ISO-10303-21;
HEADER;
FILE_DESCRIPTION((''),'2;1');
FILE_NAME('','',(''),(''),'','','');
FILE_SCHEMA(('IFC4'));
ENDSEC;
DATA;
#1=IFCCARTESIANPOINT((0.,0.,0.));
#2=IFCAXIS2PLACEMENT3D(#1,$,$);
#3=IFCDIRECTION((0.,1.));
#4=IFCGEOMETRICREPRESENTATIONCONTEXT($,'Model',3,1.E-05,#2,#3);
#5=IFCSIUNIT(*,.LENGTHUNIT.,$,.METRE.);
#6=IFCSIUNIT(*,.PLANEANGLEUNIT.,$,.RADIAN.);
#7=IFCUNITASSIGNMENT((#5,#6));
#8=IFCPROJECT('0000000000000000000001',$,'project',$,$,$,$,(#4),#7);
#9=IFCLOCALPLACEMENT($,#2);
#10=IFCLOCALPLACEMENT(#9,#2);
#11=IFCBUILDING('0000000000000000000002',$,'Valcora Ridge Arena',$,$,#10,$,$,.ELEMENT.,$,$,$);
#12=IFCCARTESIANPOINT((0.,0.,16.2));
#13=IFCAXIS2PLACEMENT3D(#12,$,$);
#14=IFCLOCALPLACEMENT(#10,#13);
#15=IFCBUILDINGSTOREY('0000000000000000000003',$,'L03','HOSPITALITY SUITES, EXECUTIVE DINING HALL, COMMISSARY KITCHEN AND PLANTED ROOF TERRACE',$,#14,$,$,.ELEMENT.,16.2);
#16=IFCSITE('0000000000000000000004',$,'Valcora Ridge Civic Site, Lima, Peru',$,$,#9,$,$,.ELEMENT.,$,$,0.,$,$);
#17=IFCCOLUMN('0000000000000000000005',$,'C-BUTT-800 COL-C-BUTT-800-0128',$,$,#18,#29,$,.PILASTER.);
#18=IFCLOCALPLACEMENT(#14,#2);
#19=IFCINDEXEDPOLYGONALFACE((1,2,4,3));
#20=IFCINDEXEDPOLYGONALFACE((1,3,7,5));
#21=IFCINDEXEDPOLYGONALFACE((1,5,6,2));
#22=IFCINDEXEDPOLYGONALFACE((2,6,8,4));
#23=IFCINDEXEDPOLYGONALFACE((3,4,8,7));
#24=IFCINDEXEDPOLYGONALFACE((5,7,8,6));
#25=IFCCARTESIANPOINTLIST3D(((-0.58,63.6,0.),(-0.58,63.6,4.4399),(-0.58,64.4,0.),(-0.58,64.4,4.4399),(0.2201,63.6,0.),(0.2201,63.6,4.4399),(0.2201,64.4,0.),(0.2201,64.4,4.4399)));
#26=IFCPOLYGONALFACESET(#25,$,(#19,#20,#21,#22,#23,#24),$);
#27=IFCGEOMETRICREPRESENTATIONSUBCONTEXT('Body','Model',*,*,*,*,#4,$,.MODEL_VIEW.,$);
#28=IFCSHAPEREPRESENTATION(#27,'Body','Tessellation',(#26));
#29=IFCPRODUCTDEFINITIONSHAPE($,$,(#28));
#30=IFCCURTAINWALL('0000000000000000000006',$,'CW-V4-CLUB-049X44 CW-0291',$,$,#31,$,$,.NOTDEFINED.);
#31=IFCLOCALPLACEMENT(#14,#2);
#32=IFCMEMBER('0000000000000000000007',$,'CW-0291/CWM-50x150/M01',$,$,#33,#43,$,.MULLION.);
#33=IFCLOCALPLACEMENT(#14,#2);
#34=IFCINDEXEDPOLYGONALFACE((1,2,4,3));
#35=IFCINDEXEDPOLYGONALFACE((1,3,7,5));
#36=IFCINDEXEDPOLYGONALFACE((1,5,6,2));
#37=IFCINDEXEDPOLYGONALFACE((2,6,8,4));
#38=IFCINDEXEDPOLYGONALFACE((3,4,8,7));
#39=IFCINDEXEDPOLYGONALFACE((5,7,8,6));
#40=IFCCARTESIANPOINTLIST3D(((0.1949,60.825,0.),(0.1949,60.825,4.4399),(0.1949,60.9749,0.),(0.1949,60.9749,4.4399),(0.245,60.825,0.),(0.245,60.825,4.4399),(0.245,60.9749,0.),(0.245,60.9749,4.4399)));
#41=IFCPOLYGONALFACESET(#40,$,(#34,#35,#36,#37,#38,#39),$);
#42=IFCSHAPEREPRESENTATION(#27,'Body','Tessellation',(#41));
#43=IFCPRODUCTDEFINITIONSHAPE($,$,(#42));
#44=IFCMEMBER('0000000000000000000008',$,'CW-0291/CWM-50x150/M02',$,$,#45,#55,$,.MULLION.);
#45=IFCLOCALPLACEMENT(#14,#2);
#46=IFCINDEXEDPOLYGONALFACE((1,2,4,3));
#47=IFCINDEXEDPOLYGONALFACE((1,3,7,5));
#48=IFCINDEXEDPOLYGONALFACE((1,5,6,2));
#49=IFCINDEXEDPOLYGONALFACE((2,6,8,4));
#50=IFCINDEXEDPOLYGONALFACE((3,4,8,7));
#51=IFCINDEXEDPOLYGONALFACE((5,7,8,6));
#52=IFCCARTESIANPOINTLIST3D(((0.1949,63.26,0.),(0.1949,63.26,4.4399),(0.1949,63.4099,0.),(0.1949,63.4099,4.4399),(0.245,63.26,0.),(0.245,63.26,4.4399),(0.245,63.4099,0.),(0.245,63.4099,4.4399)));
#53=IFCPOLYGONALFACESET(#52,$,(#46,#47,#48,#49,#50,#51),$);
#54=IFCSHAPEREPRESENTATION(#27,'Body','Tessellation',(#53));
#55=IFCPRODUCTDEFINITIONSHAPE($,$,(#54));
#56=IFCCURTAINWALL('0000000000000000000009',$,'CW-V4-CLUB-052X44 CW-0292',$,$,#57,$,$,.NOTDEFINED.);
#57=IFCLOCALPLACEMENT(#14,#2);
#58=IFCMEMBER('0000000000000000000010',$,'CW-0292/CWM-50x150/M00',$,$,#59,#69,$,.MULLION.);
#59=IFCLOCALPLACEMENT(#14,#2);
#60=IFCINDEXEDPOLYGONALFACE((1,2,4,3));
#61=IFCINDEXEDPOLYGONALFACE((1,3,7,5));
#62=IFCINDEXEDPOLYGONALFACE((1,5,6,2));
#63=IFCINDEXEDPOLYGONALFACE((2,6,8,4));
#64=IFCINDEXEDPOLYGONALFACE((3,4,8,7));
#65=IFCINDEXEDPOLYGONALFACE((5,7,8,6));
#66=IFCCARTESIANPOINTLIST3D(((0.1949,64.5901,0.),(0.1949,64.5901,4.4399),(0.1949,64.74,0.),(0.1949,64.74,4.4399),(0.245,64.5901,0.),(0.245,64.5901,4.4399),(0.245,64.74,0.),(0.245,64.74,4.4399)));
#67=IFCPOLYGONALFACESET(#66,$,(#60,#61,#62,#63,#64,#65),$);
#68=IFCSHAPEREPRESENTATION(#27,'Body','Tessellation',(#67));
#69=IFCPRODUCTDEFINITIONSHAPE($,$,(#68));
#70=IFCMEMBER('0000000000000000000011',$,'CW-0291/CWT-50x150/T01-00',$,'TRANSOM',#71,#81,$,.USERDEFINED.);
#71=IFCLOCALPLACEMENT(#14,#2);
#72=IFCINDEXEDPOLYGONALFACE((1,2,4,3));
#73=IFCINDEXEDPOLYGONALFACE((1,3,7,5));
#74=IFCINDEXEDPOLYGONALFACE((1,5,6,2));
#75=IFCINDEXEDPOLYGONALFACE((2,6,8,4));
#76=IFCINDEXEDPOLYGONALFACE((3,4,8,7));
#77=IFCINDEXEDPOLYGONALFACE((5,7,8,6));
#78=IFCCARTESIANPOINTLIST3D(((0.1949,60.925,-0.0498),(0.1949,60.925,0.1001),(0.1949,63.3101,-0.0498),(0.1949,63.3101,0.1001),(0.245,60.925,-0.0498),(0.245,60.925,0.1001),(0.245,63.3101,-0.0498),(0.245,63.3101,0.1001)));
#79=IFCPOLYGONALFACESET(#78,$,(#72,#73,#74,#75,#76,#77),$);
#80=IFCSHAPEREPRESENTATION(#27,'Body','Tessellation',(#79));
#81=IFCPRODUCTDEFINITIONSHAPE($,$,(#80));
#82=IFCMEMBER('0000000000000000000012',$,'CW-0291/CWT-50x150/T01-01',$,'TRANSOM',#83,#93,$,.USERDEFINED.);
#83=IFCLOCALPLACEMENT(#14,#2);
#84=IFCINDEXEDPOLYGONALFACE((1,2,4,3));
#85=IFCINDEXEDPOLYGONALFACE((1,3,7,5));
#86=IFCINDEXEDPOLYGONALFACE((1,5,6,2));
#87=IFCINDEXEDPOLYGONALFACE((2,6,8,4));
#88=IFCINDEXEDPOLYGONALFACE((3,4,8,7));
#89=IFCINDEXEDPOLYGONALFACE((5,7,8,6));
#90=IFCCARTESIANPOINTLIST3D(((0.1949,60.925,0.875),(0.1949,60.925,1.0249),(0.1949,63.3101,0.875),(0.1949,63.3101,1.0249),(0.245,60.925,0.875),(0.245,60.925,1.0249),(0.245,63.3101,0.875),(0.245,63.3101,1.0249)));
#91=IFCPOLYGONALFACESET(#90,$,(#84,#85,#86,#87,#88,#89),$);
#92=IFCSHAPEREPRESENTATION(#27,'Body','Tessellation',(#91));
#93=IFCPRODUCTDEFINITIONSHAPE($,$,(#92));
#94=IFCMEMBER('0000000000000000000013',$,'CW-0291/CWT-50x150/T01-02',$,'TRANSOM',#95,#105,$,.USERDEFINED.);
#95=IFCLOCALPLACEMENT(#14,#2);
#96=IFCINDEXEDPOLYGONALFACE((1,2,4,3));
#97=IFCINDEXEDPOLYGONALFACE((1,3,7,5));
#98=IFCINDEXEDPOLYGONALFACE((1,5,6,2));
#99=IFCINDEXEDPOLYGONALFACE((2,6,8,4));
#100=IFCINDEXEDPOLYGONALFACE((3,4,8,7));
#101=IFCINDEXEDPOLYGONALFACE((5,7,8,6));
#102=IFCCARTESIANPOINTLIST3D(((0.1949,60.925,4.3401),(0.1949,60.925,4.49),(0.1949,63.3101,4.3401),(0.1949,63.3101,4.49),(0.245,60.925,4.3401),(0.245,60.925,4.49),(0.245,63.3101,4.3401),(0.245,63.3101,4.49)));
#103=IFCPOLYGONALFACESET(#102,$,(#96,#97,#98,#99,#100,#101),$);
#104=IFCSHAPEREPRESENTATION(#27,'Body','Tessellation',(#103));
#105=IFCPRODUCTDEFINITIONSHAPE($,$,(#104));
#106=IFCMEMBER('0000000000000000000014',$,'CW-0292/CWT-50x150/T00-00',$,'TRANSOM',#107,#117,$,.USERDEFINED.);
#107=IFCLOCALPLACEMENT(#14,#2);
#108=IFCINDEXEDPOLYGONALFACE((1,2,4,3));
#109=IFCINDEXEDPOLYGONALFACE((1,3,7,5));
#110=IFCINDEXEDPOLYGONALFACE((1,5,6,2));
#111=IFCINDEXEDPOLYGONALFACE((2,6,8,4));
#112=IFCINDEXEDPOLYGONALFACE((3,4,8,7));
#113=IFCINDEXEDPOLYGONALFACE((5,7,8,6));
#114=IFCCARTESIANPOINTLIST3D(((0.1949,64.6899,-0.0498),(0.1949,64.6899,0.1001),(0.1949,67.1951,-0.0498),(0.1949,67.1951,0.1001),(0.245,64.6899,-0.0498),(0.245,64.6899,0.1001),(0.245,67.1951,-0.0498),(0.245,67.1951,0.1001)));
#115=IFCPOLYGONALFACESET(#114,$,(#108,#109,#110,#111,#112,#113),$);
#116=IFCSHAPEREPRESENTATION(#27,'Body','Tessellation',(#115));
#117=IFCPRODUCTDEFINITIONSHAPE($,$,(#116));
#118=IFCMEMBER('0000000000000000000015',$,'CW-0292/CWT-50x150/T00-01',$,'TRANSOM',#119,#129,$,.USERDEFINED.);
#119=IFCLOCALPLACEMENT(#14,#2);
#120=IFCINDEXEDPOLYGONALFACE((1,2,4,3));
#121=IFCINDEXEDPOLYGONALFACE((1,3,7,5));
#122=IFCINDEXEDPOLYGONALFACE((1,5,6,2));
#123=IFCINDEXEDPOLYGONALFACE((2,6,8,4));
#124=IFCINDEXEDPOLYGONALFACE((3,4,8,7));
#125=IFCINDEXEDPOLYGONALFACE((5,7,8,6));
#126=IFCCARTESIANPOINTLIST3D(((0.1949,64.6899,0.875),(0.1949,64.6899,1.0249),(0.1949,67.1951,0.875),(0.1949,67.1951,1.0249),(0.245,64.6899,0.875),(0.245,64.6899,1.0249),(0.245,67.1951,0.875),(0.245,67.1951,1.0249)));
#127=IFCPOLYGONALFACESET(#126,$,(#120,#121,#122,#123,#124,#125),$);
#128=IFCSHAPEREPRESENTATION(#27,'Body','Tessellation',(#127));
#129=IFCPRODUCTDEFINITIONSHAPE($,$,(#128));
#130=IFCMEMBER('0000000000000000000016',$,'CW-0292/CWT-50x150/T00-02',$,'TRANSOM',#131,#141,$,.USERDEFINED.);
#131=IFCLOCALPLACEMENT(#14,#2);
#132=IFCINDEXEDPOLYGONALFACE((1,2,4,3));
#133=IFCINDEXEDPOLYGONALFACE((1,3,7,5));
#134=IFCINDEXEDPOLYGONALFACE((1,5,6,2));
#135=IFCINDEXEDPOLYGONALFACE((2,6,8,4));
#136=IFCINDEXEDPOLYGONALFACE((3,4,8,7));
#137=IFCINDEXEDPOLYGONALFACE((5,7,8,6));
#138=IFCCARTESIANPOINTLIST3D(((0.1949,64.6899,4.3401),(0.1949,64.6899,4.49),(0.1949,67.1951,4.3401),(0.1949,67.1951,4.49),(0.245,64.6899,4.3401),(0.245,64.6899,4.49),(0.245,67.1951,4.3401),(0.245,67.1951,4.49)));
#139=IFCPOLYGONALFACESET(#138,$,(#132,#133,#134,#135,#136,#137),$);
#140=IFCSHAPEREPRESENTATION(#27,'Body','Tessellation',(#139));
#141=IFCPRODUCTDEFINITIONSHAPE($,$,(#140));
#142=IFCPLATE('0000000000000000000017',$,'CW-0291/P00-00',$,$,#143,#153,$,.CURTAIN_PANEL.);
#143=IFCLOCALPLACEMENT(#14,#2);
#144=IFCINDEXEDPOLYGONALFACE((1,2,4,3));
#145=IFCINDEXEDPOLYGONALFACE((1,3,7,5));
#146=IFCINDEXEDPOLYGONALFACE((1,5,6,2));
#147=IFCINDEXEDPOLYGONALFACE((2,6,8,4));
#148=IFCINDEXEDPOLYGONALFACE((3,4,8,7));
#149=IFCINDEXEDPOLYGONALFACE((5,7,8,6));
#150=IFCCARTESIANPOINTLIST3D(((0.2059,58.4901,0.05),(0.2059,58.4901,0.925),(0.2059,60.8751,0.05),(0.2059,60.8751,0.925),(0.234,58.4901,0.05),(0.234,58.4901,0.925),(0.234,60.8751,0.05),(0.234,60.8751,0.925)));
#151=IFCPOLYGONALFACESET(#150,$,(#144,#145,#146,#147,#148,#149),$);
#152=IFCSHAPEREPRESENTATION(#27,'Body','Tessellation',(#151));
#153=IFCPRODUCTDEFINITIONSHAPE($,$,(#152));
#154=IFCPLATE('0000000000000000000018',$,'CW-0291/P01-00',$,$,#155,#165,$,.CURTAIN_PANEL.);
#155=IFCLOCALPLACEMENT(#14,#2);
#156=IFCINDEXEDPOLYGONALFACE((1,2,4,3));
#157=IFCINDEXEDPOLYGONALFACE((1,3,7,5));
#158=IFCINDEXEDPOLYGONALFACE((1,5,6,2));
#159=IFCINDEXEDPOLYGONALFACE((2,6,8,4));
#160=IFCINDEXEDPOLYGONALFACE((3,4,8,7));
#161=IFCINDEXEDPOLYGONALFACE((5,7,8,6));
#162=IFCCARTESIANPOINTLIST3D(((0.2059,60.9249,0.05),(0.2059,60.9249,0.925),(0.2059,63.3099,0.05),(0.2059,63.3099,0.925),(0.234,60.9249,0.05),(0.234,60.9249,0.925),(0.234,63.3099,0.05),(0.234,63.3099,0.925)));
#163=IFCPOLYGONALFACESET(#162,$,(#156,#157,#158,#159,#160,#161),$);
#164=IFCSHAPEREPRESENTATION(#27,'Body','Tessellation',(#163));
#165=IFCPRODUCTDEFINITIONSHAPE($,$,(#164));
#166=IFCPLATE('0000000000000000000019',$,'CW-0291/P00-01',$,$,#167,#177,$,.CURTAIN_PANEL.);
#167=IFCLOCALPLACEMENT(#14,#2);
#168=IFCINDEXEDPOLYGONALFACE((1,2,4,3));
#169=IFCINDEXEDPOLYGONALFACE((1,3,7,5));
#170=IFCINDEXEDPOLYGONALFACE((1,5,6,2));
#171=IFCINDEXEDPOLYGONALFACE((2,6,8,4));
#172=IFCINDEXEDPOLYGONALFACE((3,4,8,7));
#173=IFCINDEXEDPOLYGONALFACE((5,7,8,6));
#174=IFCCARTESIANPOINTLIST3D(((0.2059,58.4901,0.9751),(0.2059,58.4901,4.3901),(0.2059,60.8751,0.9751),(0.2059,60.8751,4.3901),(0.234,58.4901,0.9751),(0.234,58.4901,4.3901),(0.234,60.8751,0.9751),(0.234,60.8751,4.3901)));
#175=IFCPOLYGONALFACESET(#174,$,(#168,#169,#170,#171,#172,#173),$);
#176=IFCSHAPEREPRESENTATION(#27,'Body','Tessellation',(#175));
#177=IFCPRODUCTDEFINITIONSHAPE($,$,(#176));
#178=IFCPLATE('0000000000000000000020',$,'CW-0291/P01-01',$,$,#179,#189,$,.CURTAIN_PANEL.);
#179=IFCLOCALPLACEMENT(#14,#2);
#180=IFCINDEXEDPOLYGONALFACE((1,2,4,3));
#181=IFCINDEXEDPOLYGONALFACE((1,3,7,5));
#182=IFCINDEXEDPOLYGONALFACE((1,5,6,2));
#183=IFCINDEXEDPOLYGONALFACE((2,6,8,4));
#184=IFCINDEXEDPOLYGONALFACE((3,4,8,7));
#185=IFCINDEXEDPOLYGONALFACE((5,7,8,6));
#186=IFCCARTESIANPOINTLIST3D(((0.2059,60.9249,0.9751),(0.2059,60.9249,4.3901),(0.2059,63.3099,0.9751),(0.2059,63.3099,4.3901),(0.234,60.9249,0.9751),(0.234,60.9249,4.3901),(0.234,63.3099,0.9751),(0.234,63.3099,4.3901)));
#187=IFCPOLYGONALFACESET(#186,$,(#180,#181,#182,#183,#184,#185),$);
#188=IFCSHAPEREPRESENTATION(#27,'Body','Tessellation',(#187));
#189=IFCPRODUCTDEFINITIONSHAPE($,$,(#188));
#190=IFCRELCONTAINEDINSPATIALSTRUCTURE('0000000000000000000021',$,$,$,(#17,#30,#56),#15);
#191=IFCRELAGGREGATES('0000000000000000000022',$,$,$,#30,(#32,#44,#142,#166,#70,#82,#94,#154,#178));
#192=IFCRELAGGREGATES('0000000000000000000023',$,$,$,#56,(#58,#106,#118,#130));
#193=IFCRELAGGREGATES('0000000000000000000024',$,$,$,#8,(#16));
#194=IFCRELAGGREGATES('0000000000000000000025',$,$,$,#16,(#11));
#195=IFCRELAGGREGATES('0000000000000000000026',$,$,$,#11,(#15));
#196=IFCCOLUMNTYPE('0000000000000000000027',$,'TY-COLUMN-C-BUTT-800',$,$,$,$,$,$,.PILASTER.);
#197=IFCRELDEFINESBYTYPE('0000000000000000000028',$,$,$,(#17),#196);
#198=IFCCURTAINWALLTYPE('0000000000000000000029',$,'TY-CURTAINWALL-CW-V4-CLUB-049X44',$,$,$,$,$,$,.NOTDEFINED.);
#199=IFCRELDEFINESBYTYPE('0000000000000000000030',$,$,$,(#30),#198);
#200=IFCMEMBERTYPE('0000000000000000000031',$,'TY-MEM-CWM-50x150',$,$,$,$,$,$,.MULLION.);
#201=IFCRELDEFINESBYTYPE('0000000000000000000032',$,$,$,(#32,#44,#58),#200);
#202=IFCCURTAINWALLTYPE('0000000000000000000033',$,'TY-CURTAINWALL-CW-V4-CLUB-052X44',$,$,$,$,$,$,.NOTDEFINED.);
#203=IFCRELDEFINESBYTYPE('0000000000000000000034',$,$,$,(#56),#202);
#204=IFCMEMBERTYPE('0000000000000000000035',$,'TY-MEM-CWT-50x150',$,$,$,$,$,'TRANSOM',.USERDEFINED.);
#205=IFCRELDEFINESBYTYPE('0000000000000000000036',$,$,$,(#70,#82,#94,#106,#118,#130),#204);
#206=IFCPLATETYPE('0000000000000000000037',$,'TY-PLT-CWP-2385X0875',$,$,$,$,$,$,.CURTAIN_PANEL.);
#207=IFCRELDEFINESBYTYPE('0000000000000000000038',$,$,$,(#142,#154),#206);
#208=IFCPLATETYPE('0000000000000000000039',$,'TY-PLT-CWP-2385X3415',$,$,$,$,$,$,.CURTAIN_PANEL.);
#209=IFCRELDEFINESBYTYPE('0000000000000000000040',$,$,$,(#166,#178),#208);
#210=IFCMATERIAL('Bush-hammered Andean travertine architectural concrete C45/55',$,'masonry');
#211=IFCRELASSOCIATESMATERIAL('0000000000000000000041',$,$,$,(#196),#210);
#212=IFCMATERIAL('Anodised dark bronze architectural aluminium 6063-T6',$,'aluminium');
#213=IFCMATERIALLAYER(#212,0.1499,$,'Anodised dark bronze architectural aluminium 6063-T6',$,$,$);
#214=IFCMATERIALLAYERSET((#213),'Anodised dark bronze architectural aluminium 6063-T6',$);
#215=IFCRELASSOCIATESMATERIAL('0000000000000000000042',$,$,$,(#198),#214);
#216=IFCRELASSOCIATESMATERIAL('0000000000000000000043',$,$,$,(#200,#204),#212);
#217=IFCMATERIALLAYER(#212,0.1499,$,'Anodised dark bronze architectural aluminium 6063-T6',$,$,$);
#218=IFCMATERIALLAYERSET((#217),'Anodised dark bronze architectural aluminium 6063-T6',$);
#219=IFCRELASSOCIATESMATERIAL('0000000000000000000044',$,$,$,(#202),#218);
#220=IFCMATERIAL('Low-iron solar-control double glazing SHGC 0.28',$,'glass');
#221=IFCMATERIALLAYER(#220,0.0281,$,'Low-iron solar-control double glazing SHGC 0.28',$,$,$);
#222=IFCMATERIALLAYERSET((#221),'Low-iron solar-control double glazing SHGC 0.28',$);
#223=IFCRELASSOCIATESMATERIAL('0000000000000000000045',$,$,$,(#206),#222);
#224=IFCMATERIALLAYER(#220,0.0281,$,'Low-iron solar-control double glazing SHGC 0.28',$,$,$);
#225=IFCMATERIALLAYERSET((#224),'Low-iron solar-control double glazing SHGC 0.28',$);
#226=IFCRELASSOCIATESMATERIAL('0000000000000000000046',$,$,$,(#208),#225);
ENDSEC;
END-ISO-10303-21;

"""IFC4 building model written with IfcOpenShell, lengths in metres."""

from ifc_helpers import new_model, si_unit, direction, frame, origin, origin_2d, place, context, subcontext, project, spatial, rectangle, extrude, material, layer, layer_set, material_profile, profile_set, type_object, element, aggregate, save


model = new_model("IFC4")

# Units and contexts
model_context = context("Model", 3, precision=1e-05, world=origin(), true_north=direction((0.0, 1.0)))
body_context = subcontext(model_context, "Body", "Model", "MODEL_VIEW")
ifc_project = project(units=[si_unit("LENGTHUNIT", "METRE"), si_unit("PLANEANGLEUNIT", "RADIAN")], contexts=[model_context])

# Site, building, storey
site_placement = place(None, origin())
site = spatial("IfcSite", under=ifc_project, at=site_placement, Name="Valcora Ridge Civic Site, Lima, Peru", CompositionType="ELEMENT", RefElevation=0.0)
building_placement = place(site_placement, origin())
building = spatial("IfcBuilding", under=site, at=building_placement, Name="Valcora Ridge Arena", CompositionType="ELEMENT")
storey_placement = place(building_placement, frame((0.0, 0.0, 16.2)))
storey = spatial("IfcBuildingStorey", under=building, at=storey_placement, Name="L03", Description="HOSPITALITY SUITES, EXECUTIVE DINING HALL, COMMISSARY KITCHEN AND PLANTED ROOF TERRACE", CompositionType="ELEMENT", Elevation=16.2)

# Column
ifc_material_1 = material(Name="Bush-hammered Andean travertine architectural concrete C45/55", Category="masonry")
ifc_material_profile_1 = material_profile(ifc_material_1, rectangle(XDim=0.8, YDim=0.8, at=origin_2d()), Name="RC 800x800")
ifc_profile_set_1 = profile_set([ifc_material_profile_1], Name="Bush-hammered Andean travertine architectural concrete C45/55")
column_type = type_object("IfcColumnType", Name="TY-COLUMN-C-BUTT-800", PredefinedType="PILASTER", material=ifc_profile_set_1)
column_placement = place(storey_placement, frame((-0.1799, 64.0, 0.0), z_axis=(0.0, 0.0, 1.0), x_axis=(1.0, 0.0, 0.0)))
element("IfcColumn", 1, at=column_placement, inside=storey, type_object=column_type, Name="C-BUTT-800 COL-C-BUTT-800-0128", PredefinedType="PILASTER", context=body_context, shape_type="SweptSolid", body=[
    extrude(rectangle(XDim=0.8, YDim=0.8, at=origin_2d()), origin(), (0.0, 0.0, 1.0), 4.4399),
])

# Curtain wall, members
ifc_material_2 = material(Name="Anodised dark bronze architectural aluminium 6063-T6", Category="aluminium")
ifc_layer_1 = layer(ifc_material_2, 0.1499, Name="Anodised dark bronze architectural aluminium 6063-T6")
ifc_layer_set_1 = layer_set([ifc_layer_1], Name="Anodised dark bronze architectural aluminium 6063-T6")
curtain_wall_type_1 = type_object("IfcCurtainWallType", Name="TY-CURTAINWALL-CW-V4-CLUB-049X44", PredefinedType="NOTDEFINED", material=ifc_layer_set_1)
curtain_wall_1_placement = place(storey_placement, origin())
curtain_wall_1 = element("IfcCurtainWall", 2, at=curtain_wall_1_placement, inside=storey, type_object=curtain_wall_type_1, Name="CW-V4-CLUB-049X44 CW-0291", PredefinedType="NOTDEFINED")
ifc_material_profile_2 = material_profile(ifc_material_2, rectangle(XDim=0.05, YDim=0.1499, at=origin_2d()), Name="ALU MULLION 50x150")
ifc_profile_set_2 = profile_set([ifc_material_profile_2], Name="Anodised dark bronze architectural aluminium 6063-T6")
member_type_1 = type_object("IfcMemberType", Name="TY-MEM-CWM-50x150", PredefinedType="MULLION", material=ifc_profile_set_2)
member_1_placement = place(storey_placement, frame((0.22, 60.8999, 0.0), z_axis=(0.0, 0.0, 1.0), x_axis=(-1.0, 0.0, 0.0)))
member_1 = element("IfcMember", 3, at=member_1_placement, type_object=member_type_1, Name="CW-0291/CWM-50x150/M01", PredefinedType="MULLION", context=body_context, shape_type="SweptSolid", body=[
    extrude(rectangle(XDim=0.05, YDim=0.1499, at=origin_2d()), origin(), (0.0, 0.0, 1.0), 4.4399),
])
member_2_placement = place(storey_placement, frame((0.22, 63.335, 0.0), z_axis=(0.0, 0.0, 1.0), x_axis=(-1.0, 0.0, 0.0)))
member_2 = element("IfcMember", 4, at=member_2_placement, type_object=member_type_1, Name="CW-0291/CWM-50x150/M02", PredefinedType="MULLION", context=body_context, shape_type="SweptSolid", body=[
    extrude(rectangle(XDim=0.05, YDim=0.1499, at=origin_2d()), origin(), (0.0, 0.0, 1.0), 4.4399),
])

# Curtain wall, member
ifc_layer_2 = layer(ifc_material_2, 0.1499, Name="Anodised dark bronze architectural aluminium 6063-T6")
ifc_layer_set_2 = layer_set([ifc_layer_2], Name="Anodised dark bronze architectural aluminium 6063-T6")
curtain_wall_type_2 = type_object("IfcCurtainWallType", Name="TY-CURTAINWALL-CW-V4-CLUB-052X44", PredefinedType="NOTDEFINED", material=ifc_layer_set_2)
curtain_wall_2_placement = place(storey_placement, origin())
curtain_wall_2 = element("IfcCurtainWall", 5, at=curtain_wall_2_placement, inside=storey, type_object=curtain_wall_type_2, Name="CW-V4-CLUB-052X44 CW-0292", PredefinedType="NOTDEFINED")
member_3_placement = place(storey_placement, frame((0.22, 64.665, 0.0), z_axis=(0.0, 0.0, 1.0), x_axis=(-1.0, 0.0, 0.0)))
member_3 = element("IfcMember", 6, at=member_3_placement, type_object=member_type_1, Name="CW-0292/CWM-50x150/M00", PredefinedType="MULLION", context=body_context, shape_type="SweptSolid", body=[
    extrude(rectangle(XDim=0.05, YDim=0.1499, at=origin_2d()), origin(), (0.0, 0.0, 1.0), 4.4399),
])

# Members
ifc_material_profile_3 = material_profile(ifc_material_2, rectangle(XDim=0.05, YDim=0.1499, at=origin_2d()), Name="ALU TRANSOM 50x150")
ifc_profile_set_3 = profile_set([ifc_material_profile_3], Name="Anodised dark bronze architectural aluminium 6063-T6")
member_type_2 = type_object("IfcMemberType", Name="TY-MEM-CWT-50x150", ElementType="TRANSOM", PredefinedType="USERDEFINED", material=ifc_profile_set_3)
member_4_placement = place(storey_placement, frame((0.22, 60.925, 0.0251), z_axis=(0.0, 1.0, 0.0), x_axis=(-1.0, 0.0, 0.0)))
member_4 = element("IfcMember", 7, at=member_4_placement, type_object=member_type_2, Name="CW-0291/CWT-50x150/T01-00", ObjectType="TRANSOM", PredefinedType="USERDEFINED", context=body_context, shape_type="SweptSolid", body=[
    extrude(rectangle(XDim=0.05, YDim=0.1499, at=origin_2d()), origin(), (0.0, 0.0, 1.0), 2.385),
])
member_5_placement = place(storey_placement, frame((0.22, 60.925, 0.95), z_axis=(0.0, 1.0, 0.0), x_axis=(-1.0, 0.0, 0.0)))
member_5 = element("IfcMember", 8, at=member_5_placement, type_object=member_type_2, Name="CW-0291/CWT-50x150/T01-01", ObjectType="TRANSOM", PredefinedType="USERDEFINED", context=body_context, shape_type="SweptSolid", body=[
    extrude(rectangle(XDim=0.05, YDim=0.1499, at=origin_2d()), origin(), (0.0, 0.0, 1.0), 2.385),
])
member_6_placement = place(storey_placement, frame((0.22, 60.925, 4.415), z_axis=(0.0, 1.0, 0.0), x_axis=(-1.0, 0.0, 0.0)))
member_6 = element("IfcMember", 9, at=member_6_placement, type_object=member_type_2, Name="CW-0291/CWT-50x150/T01-02", ObjectType="TRANSOM", PredefinedType="USERDEFINED", context=body_context, shape_type="SweptSolid", body=[
    extrude(rectangle(XDim=0.05, YDim=0.1499, at=origin_2d()), origin(), (0.0, 0.0, 1.0), 2.385),
])
member_7_placement = place(storey_placement, frame((0.22, 64.6899, 0.0251), z_axis=(0.0, 1.0, 0.0), x_axis=(-1.0, 0.0, 0.0)))
member_7 = element("IfcMember", 10, at=member_7_placement, type_object=member_type_2, Name="CW-0292/CWT-50x150/T00-00", ObjectType="TRANSOM", PredefinedType="USERDEFINED", context=body_context, shape_type="SweptSolid", body=[
    extrude(rectangle(XDim=0.05, YDim=0.1499, at=origin_2d()), origin(), (0.0, 0.0, 1.0), 2.5051),
])
member_8_placement = place(storey_placement, frame((0.22, 64.6899, 0.95), z_axis=(0.0, 1.0, 0.0), x_axis=(-1.0, 0.0, 0.0)))
member_8 = element("IfcMember", 11, at=member_8_placement, type_object=member_type_2, Name="CW-0292/CWT-50x150/T00-01", ObjectType="TRANSOM", PredefinedType="USERDEFINED", context=body_context, shape_type="SweptSolid", body=[
    extrude(rectangle(XDim=0.05, YDim=0.1499, at=origin_2d()), origin(), (0.0, 0.0, 1.0), 2.5051),
])
member_9_placement = place(storey_placement, frame((0.22, 64.6899, 4.415), z_axis=(0.0, 1.0, 0.0), x_axis=(-1.0, 0.0, 0.0)))
member_9 = element("IfcMember", 12, at=member_9_placement, type_object=member_type_2, Name="CW-0292/CWT-50x150/T00-02", ObjectType="TRANSOM", PredefinedType="USERDEFINED", context=body_context, shape_type="SweptSolid", body=[
    extrude(rectangle(XDim=0.05, YDim=0.1499, at=origin_2d()), origin(), (0.0, 0.0, 1.0), 2.5051),
])

# Plates
ifc_material_3 = material(Name="Low-iron solar-control double glazing SHGC 0.28", Category="glass")
ifc_layer_3 = layer(ifc_material_3, 0.0281, Name="Low-iron solar-control double glazing SHGC 0.28")
ifc_layer_set_3 = layer_set([ifc_layer_3], Name="Low-iron solar-control double glazing SHGC 0.28")
plate_type_1 = type_object("IfcPlateType", Name="TY-PLT-CWP-2385X0875", PredefinedType="CURTAIN_PANEL", material=ifc_layer_set_3)
plate_1_placement = place(storey_placement, frame((0.22, 59.6826, 0.05), z_axis=(0.0, 0.0, 1.0), x_axis=(0.0, 1.0, 0.0)))
plate_1 = element("IfcPlate", 13, at=plate_1_placement, type_object=plate_type_1, Name="CW-0291/P00-00", PredefinedType="CURTAIN_PANEL", context=body_context, shape_type="SweptSolid", body=[
    extrude(rectangle(XDim=2.385, YDim=0.0281, at=origin_2d()), origin(), (0.0, 0.0, 1.0), 0.875),
])
plate_2_placement = place(storey_placement, frame((0.22, 62.1174, 0.05), z_axis=(0.0, 0.0, 1.0), x_axis=(0.0, 1.0, 0.0)))
plate_2 = element("IfcPlate", 14, at=plate_2_placement, type_object=plate_type_1, Name="CW-0291/P01-00", PredefinedType="CURTAIN_PANEL", context=body_context, shape_type="SweptSolid", body=[
    extrude(rectangle(XDim=2.385, YDim=0.0281, at=origin_2d()), origin(), (0.0, 0.0, 1.0), 0.875),
])
ifc_layer_4 = layer(ifc_material_3, 0.0281, Name="Low-iron solar-control double glazing SHGC 0.28")
ifc_layer_set_4 = layer_set([ifc_layer_4], Name="Low-iron solar-control double glazing SHGC 0.28")
plate_type_2 = type_object("IfcPlateType", Name="TY-PLT-CWP-2385X3415", PredefinedType="CURTAIN_PANEL", material=ifc_layer_set_4)
plate_3_placement = place(storey_placement, frame((0.22, 59.6826, 0.9751), z_axis=(0.0, 0.0, 1.0), x_axis=(0.0, 1.0, 0.0)))
plate_3 = element("IfcPlate", 15, at=plate_3_placement, type_object=plate_type_2, Name="CW-0291/P00-01", PredefinedType="CURTAIN_PANEL", context=body_context, shape_type="SweptSolid", body=[
    extrude(rectangle(XDim=2.385, YDim=0.0281, at=origin_2d()), origin(), (0.0, 0.0, 1.0), 3.415),
])
plate_4_placement = place(storey_placement, frame((0.22, 62.1174, 0.9751), z_axis=(0.0, 0.0, 1.0), x_axis=(0.0, 1.0, 0.0)))
plate_4 = element("IfcPlate", 16, at=plate_4_placement, type_object=plate_type_2, Name="CW-0291/P01-01", PredefinedType="CURTAIN_PANEL", context=body_context, shape_type="SweptSolid", body=[
    extrude(rectangle(XDim=2.385, YDim=0.0281, at=origin_2d()), origin(), (0.0, 0.0, 1.0), 3.415),
])
aggregate(curtain_wall_1, [member_1, member_2, plate_1, plate_3, member_4, member_5, member_6, plate_2, plate_4])
aggregate(curtain_wall_2, [member_3, member_7, member_8, member_9])

save(model, "model.ifc")
